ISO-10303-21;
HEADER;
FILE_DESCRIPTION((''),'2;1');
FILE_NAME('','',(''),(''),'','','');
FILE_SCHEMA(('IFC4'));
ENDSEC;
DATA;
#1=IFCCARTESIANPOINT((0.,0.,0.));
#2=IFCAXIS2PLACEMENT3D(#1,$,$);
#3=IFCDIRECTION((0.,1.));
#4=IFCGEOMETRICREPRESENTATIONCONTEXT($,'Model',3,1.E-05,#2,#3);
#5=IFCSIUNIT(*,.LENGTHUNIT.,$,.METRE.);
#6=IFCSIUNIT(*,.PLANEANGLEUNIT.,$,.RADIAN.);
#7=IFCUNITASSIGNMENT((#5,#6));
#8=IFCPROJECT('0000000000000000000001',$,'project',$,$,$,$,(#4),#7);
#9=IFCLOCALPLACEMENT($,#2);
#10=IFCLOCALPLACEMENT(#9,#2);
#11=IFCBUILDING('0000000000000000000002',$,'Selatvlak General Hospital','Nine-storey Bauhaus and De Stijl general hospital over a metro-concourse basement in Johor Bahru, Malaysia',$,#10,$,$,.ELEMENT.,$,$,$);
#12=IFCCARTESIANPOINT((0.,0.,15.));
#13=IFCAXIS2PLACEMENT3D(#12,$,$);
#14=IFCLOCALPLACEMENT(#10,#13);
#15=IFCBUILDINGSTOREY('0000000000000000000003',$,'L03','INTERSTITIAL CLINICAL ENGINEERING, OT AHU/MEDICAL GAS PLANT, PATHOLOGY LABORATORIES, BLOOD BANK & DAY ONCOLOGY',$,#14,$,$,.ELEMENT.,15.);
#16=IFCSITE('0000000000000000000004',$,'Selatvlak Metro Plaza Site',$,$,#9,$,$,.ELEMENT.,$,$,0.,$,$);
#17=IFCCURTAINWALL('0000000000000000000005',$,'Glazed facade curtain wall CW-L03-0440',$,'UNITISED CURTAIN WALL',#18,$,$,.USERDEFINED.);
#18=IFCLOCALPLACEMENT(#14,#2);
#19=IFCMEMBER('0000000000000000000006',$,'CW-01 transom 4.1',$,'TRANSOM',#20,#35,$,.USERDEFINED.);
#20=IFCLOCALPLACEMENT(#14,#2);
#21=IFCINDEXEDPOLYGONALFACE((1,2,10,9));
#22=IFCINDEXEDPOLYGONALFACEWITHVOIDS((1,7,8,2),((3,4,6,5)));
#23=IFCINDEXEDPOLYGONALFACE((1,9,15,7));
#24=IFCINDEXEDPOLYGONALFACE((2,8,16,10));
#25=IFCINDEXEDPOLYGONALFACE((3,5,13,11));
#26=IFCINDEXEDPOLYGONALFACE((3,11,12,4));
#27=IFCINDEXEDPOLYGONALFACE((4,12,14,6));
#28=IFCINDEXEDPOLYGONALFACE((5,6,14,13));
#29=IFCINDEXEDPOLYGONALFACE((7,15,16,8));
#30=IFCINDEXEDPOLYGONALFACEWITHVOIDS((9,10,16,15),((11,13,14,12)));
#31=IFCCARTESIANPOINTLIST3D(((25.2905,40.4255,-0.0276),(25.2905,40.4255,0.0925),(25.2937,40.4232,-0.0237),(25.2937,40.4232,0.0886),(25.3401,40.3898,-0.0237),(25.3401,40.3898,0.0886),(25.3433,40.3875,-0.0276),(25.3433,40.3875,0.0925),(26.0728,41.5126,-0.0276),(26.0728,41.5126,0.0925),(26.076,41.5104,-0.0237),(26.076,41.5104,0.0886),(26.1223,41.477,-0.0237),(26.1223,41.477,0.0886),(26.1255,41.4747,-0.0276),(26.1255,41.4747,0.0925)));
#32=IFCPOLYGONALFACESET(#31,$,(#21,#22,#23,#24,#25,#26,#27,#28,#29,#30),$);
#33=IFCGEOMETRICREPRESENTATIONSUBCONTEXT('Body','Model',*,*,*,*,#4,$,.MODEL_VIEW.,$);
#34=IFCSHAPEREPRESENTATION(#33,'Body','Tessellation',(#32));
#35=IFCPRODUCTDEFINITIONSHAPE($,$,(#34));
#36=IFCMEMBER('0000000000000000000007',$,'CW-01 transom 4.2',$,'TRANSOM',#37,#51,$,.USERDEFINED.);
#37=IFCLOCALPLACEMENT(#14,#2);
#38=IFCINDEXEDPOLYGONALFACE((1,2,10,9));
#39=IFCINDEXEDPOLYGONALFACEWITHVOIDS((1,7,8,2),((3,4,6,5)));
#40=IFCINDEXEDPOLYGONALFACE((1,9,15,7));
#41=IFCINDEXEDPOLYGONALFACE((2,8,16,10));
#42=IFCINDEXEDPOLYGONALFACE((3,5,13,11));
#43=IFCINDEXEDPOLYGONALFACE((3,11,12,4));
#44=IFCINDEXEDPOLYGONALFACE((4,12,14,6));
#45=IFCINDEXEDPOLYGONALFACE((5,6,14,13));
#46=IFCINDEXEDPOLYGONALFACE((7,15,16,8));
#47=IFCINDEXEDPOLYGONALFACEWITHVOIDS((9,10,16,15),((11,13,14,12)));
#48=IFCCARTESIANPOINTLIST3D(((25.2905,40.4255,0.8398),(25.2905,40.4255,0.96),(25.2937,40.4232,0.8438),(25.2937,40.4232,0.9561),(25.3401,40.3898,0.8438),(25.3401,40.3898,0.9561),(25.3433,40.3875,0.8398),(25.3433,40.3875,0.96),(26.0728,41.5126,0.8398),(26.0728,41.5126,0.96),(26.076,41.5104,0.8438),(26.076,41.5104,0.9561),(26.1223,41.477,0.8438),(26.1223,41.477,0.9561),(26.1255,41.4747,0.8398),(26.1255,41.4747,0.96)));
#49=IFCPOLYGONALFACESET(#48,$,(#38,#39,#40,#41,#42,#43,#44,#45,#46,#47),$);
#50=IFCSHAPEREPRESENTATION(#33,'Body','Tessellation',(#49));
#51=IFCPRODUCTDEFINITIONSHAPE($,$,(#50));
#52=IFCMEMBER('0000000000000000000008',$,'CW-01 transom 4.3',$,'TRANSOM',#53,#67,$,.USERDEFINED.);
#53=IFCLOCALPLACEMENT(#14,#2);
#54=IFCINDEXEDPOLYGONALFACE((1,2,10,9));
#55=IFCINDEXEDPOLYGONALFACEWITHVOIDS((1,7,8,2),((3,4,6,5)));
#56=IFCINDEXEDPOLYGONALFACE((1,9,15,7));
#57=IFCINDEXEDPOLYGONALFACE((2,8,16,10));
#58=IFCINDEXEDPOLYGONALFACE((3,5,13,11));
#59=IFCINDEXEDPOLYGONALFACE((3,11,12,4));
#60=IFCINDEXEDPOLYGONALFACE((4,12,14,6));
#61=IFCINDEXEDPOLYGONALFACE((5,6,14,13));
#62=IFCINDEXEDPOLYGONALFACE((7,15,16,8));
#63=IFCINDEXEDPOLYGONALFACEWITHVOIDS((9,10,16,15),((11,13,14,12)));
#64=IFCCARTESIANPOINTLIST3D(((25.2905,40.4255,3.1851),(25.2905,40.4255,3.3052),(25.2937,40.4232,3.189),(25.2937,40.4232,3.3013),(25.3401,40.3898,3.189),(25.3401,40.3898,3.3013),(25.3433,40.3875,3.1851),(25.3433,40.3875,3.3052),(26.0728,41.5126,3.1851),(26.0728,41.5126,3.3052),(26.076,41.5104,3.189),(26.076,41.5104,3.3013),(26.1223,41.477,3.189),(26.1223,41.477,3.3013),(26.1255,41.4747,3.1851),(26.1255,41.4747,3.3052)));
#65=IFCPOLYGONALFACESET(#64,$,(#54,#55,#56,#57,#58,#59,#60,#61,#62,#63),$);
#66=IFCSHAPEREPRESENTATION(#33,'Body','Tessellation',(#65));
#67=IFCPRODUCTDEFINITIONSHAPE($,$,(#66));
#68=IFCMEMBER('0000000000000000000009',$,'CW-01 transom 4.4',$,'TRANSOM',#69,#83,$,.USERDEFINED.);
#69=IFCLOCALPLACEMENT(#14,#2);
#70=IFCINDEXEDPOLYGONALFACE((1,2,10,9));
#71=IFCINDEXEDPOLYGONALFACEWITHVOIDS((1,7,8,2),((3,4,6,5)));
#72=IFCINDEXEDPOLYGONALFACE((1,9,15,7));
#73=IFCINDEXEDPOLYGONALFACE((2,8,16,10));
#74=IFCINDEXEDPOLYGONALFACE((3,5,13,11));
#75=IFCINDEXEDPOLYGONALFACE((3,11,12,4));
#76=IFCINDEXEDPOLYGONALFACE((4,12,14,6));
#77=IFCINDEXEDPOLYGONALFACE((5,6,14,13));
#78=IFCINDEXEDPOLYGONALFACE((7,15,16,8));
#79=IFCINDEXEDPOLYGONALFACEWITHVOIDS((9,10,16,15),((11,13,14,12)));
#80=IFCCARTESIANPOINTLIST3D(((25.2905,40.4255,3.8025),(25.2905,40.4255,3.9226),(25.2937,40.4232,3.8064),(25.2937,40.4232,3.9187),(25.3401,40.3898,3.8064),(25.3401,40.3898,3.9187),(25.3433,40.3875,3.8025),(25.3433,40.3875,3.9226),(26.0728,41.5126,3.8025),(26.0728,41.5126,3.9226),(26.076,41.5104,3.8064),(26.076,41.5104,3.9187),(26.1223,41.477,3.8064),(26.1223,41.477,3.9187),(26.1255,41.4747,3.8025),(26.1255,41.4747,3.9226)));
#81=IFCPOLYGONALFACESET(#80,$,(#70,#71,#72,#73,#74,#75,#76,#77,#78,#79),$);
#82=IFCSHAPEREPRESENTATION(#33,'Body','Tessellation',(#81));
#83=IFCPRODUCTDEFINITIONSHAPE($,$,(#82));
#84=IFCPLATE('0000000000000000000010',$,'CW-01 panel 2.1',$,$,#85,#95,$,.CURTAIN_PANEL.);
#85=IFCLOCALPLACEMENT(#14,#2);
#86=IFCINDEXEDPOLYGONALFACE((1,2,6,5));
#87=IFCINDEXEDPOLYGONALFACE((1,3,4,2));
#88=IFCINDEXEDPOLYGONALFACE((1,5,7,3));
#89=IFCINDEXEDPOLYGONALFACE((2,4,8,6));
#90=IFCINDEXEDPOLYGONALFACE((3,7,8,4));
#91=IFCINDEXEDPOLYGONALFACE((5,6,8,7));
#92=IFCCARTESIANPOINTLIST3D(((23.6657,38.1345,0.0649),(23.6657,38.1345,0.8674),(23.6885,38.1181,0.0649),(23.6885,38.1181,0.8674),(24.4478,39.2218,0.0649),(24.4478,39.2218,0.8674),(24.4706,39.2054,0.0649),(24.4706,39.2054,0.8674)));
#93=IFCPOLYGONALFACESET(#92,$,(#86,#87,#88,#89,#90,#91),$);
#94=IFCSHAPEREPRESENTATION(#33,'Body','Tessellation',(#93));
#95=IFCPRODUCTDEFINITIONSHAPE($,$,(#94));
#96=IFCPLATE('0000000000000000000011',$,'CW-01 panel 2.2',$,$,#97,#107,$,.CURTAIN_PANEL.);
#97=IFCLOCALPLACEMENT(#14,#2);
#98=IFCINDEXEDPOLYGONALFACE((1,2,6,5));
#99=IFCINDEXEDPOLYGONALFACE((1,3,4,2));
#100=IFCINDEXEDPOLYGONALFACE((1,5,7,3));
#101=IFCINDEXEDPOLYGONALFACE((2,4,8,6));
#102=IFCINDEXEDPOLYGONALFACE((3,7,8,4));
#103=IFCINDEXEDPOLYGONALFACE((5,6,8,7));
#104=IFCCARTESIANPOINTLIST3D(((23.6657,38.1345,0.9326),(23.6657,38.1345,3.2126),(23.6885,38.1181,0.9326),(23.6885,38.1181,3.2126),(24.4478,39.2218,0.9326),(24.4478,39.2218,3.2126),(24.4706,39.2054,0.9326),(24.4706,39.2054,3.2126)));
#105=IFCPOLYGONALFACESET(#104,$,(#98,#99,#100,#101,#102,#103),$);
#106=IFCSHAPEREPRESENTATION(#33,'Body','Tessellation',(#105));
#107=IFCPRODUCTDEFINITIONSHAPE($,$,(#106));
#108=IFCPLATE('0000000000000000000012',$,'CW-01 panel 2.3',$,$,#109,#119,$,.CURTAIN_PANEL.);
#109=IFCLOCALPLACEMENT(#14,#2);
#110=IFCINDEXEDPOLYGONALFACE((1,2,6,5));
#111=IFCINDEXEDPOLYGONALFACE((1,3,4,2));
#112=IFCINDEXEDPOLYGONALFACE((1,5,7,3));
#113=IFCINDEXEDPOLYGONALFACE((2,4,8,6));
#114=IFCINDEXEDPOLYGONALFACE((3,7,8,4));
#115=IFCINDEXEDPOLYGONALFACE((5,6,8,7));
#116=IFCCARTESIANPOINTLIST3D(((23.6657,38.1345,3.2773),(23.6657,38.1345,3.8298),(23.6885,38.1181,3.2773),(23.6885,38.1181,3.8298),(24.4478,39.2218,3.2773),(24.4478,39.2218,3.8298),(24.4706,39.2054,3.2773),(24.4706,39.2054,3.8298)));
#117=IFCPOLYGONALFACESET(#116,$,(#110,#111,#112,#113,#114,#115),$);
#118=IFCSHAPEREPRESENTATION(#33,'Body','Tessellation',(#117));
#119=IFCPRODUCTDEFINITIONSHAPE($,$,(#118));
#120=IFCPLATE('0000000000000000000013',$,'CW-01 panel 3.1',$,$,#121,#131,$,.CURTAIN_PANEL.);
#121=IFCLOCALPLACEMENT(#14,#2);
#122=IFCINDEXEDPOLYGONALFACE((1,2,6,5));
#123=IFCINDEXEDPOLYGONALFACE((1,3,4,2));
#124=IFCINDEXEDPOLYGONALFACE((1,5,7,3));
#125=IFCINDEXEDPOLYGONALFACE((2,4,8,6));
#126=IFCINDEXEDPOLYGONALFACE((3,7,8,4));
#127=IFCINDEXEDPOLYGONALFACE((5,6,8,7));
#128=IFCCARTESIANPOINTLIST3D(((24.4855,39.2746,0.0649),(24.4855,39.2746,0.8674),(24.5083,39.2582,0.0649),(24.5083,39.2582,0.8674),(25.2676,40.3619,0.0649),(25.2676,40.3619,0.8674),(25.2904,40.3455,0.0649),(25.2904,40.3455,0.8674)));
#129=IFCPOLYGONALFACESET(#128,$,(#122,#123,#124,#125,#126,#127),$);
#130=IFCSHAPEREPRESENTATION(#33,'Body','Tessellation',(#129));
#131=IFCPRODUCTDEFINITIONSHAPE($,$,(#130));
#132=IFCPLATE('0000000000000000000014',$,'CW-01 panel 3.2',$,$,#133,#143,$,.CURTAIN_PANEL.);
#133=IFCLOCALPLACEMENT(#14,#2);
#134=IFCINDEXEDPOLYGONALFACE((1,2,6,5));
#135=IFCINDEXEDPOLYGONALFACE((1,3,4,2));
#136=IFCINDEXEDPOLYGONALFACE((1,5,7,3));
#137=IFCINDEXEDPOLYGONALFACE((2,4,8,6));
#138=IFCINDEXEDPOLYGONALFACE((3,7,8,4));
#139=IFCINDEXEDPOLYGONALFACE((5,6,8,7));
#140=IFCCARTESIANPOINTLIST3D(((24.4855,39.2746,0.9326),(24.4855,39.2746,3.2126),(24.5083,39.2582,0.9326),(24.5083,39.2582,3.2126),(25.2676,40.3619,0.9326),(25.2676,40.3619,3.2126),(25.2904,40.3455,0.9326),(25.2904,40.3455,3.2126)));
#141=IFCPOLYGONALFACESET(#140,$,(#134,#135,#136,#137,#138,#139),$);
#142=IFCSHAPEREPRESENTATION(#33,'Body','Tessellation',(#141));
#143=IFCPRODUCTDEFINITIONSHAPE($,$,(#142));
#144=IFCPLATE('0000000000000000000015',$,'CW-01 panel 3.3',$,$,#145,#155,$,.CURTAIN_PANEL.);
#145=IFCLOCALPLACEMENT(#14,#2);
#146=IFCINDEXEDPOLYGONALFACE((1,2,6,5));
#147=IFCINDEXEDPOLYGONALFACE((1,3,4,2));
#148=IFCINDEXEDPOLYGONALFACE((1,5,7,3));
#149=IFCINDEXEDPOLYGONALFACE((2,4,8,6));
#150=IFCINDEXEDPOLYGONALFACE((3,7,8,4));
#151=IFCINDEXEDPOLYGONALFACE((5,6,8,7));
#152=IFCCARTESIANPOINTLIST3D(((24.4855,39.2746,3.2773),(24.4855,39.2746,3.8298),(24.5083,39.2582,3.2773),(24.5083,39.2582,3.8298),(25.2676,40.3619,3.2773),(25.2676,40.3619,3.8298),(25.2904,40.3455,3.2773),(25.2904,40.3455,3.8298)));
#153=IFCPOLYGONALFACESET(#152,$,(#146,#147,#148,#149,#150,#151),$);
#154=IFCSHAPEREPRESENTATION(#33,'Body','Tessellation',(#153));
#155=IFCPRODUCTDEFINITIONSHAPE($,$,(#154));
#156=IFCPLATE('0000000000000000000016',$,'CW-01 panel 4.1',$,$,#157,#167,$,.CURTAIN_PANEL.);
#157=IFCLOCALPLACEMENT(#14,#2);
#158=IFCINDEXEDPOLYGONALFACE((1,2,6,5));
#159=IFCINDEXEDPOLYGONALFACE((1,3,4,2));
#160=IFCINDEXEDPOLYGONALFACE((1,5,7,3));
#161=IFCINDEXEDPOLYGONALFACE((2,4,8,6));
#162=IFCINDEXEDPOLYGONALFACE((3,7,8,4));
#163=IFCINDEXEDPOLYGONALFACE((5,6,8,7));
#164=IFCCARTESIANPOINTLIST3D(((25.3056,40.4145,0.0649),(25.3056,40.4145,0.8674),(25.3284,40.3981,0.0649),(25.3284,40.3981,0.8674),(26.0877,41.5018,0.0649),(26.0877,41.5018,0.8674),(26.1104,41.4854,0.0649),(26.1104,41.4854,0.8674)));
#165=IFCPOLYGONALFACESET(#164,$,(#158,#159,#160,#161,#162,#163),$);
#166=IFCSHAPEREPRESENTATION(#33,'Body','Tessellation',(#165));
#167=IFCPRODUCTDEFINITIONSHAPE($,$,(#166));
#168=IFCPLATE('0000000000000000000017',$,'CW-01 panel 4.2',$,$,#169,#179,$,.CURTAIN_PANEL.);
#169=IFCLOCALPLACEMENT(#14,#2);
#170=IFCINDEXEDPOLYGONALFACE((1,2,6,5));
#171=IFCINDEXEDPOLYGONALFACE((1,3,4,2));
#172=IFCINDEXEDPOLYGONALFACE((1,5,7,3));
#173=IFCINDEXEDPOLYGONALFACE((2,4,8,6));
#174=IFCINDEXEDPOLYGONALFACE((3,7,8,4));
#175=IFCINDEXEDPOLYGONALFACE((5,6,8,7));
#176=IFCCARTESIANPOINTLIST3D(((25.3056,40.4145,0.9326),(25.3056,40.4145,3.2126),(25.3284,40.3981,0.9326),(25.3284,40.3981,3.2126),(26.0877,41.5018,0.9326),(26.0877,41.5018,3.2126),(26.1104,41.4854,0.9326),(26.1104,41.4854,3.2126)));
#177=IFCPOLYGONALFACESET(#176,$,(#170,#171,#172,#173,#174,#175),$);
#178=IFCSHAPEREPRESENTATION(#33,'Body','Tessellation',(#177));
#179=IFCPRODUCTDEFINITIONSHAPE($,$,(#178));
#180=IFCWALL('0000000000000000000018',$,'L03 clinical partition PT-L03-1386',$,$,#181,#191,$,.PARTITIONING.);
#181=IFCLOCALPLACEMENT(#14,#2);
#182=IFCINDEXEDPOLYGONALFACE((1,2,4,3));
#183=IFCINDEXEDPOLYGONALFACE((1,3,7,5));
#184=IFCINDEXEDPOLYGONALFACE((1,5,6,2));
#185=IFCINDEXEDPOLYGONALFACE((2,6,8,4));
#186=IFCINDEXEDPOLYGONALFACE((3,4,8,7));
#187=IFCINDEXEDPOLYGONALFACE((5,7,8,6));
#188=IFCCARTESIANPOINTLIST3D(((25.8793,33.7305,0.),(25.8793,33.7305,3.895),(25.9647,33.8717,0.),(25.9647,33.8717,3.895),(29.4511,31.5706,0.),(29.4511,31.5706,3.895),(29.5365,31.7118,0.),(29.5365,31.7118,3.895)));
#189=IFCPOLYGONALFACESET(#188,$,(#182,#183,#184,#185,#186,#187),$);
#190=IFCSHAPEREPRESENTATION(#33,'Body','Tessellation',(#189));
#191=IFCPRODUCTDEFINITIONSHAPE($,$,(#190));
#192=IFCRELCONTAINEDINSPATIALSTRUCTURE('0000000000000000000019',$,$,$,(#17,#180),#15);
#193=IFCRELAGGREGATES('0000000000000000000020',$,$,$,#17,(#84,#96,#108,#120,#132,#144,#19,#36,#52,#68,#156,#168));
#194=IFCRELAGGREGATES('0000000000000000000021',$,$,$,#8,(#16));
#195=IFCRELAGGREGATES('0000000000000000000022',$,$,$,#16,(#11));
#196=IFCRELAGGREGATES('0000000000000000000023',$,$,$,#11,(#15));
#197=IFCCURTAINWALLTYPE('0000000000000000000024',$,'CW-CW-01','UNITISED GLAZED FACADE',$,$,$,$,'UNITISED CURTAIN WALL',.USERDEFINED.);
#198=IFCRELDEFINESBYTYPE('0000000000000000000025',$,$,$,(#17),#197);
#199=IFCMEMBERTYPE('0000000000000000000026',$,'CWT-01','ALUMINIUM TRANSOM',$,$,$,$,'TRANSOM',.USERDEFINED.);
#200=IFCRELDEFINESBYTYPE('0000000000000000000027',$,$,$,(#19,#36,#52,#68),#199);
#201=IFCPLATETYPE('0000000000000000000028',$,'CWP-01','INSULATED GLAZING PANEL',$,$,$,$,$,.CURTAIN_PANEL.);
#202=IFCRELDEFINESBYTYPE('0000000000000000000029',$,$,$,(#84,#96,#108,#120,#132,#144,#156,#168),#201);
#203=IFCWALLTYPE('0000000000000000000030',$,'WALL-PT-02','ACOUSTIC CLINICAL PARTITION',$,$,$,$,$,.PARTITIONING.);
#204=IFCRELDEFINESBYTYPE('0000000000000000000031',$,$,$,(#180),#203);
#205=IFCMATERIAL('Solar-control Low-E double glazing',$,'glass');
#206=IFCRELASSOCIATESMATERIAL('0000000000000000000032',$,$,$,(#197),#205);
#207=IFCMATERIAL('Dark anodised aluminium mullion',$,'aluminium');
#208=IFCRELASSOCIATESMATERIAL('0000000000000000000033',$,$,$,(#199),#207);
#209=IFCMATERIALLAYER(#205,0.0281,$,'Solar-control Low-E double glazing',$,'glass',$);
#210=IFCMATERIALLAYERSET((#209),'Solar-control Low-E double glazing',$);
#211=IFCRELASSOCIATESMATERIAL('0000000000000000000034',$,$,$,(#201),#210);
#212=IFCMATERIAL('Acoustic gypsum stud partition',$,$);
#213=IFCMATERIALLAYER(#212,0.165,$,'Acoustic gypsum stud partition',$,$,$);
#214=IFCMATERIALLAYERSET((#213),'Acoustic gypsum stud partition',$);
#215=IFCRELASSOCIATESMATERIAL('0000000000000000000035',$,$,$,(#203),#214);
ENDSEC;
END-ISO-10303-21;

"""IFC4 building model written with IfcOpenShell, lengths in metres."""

from ifc_helpers import new_model, si_unit, direction, frame, frame_2d, origin, origin_2d, place, context, subcontext, project, spatial, rectangle, hollow_rectangle, extrude, material, layer, layer_set, material_profile, profile_set, type_object, element, aggregate, save


model = new_model("IFC4")

# Units and contexts
model_context = context("Model", 3, precision=1e-05, world=origin(), true_north=direction((0.0, 1.0)))
body_context = subcontext(model_context, "Body", "Model", "MODEL_VIEW")
ifc_project = project(units=[si_unit("LENGTHUNIT", "METRE"), si_unit("PLANEANGLEUNIT", "RADIAN")], contexts=[model_context])

# Site, building, storey
site_placement = place(None, origin())
site = spatial("IfcSite", under=ifc_project, at=site_placement, Name="Selatvlak Metro Plaza Site", CompositionType="ELEMENT", RefElevation=0.0)
building_placement = place(site_placement, origin())
building = spatial("IfcBuilding", under=site, at=building_placement, Name="Selatvlak General Hospital", Description="Nine-storey Bauhaus and De Stijl general hospital over a metro-concourse basement in Johor Bahru, Malaysia", CompositionType="ELEMENT")
storey_placement = place(building_placement, frame((0.0, 0.0, 15.0)))
storey = spatial("IfcBuildingStorey", under=building, at=storey_placement, Name="L03", Description="INTERSTITIAL CLINICAL ENGINEERING, OT AHU/MEDICAL GAS PLANT, PATHOLOGY LABORATORIES, BLOOD BANK & DAY ONCOLOGY", CompositionType="ELEMENT", Elevation=15.0)

# Curtain wall, members, plates
ifc_material_1 = material(Name="Solar-control Low-E double glazing", Category="glass")
curtain_wall_type = type_object("IfcCurtainWallType", Name="CW-CW-01", Description="UNITISED GLAZED FACADE", ElementType="UNITISED CURTAIN WALL", PredefinedType="USERDEFINED", material=ifc_material_1)
curtain_wall_placement = place(storey_placement, origin())
curtain_wall = element("IfcCurtainWall", 1, at=curtain_wall_placement, inside=storey, type_object=curtain_wall_type, Name="Glazed facade curtain wall CW-L03-0440", ObjectType="UNITISED CURTAIN WALL", PredefinedType="USERDEFINED")
ifc_material_2 = material(Name="Dark anodised aluminium mullion", Category="aluminium")
ifc_material_profile_1 = material_profile(ifc_material_2, hollow_rectangle(XDim=0.0649, YDim=0.1201, WallThickness=0.0039, at=origin_2d()), Name="AL-TRN 65x120x4")
ifc_profile_set_1 = profile_set([ifc_material_profile_1], Name="Dark anodised aluminium mullion")
member_type_1 = type_object("IfcMemberType", Name="CWT-01", Description="ALUMINIUM TRANSOM", ElementType="TRANSOM", PredefinedType="USERDEFINED", material=ifc_profile_set_1)
member_1_placement = place(storey_placement, frame((25.3169, 40.4065, 0.0325), z_axis=(0.584045, 0.811721, 0.0), x_axis=(-0.811721, 0.584045, 0.0)))
member_1 = element("IfcMember", 2, at=member_1_placement, type_object=member_type_1, Name="CW-01 transom 4.1", ObjectType="TRANSOM", PredefinedType="USERDEFINED", context=body_context, shape_type="SweptSolid", body=[
    extrude(hollow_rectangle(XDim=0.0649, YDim=0.1201, WallThickness=0.0039, at=origin_2d()), origin(), (0.0, 0.0, 1.0), 1.3394),
])
member_2_placement = place(storey_placement, frame((25.3169, 40.4065, 0.8999), z_axis=(0.584045, 0.811721, 0.0), x_axis=(-0.811721, 0.584045, 0.0)))
member_2 = element("IfcMember", 3, at=member_2_placement, type_object=member_type_1, Name="CW-01 transom 4.2", ObjectType="TRANSOM", PredefinedType="USERDEFINED", context=body_context, shape_type="SweptSolid", body=[
    extrude(hollow_rectangle(XDim=0.0649, YDim=0.1201, WallThickness=0.0039, at=origin_2d()), origin(), (0.0, 0.0, 1.0), 1.3394),
])
member_3_placement = place(storey_placement, frame((25.3169, 40.4065, 3.2451), z_axis=(0.584045, 0.811721, 0.0), x_axis=(-0.811721, 0.584045, 0.0)))
member_3 = element("IfcMember", 4, at=member_3_placement, type_object=member_type_1, Name="CW-01 transom 4.3", ObjectType="TRANSOM", PredefinedType="USERDEFINED", context=body_context, shape_type="SweptSolid", body=[
    extrude(hollow_rectangle(XDim=0.0649, YDim=0.1201, WallThickness=0.0039, at=origin_2d()), origin(), (0.0, 0.0, 1.0), 1.3394),
])
member_4_placement = place(storey_placement, frame((25.3169, 40.4065, 3.8625), z_axis=(0.584045, 0.811721, 0.0), x_axis=(-0.811721, 0.584045, 0.0)))
member_4 = element("IfcMember", 5, at=member_4_placement, type_object=member_type_1, Name="CW-01 transom 4.4", ObjectType="TRANSOM", PredefinedType="USERDEFINED", context=body_context, shape_type="SweptSolid", body=[
    extrude(hollow_rectangle(XDim=0.0649, YDim=0.1201, WallThickness=0.0039, at=origin_2d()), origin(), (0.0, 0.0, 1.0), 1.3394),
])
ifc_layer_1 = layer(ifc_material_1, 0.0281, Name="Solar-control Low-E double glazing", Category="glass")
ifc_layer_set_1 = layer_set([ifc_layer_1], Name="Solar-control Low-E double glazing")
plate_type = type_object("IfcPlateType", Name="CWP-01", Description="INSULATED GLAZING PANEL", PredefinedType="CURTAIN_PANEL", material=ifc_layer_set_1)
plate_1_placement = place(storey_placement, frame((24.0681, 38.6699, 0.0649), z_axis=(0.0, 0.0, 1.0), x_axis=(0.583929, 0.811804, 0.0)))
plate_1 = element("IfcPlate", 6, at=plate_1_placement, type_object=plate_type, Name="CW-01 panel 2.1", PredefinedType="CURTAIN_PANEL", context=body_context, shape_type="SweptSolid", body=[
    extrude(rectangle(XDim=1.3394, YDim=0.0281, at=origin_2d()), origin(), (0.0, 0.0, 1.0), 0.8025),
])
plate_2_placement = place(storey_placement, frame((24.0681, 38.6699, 0.9326), z_axis=(0.0, 0.0, 1.0), x_axis=(0.583929, 0.811804, 0.0)))
plate_2 = element("IfcPlate", 7, at=plate_2_placement, type_object=plate_type, Name="CW-01 panel 2.2", PredefinedType="CURTAIN_PANEL", context=body_context, shape_type="SweptSolid", body=[
    extrude(rectangle(XDim=1.3394, YDim=0.0281, at=origin_2d()), origin(), (0.0, 0.0, 1.0), 2.28),
])
plate_3_placement = place(storey_placement, frame((24.0681, 38.6699, 3.2773), z_axis=(0.0, 0.0, 1.0), x_axis=(0.583929, 0.811804, 0.0)))
plate_3 = element("IfcPlate", 8, at=plate_3_placement, type_object=plate_type, Name="CW-01 panel 2.3", PredefinedType="CURTAIN_PANEL", context=body_context, shape_type="SweptSolid", body=[
    extrude(rectangle(XDim=1.3394, YDim=0.0281, at=origin_2d()), origin(), (0.0, 0.0, 1.0), 0.5525),
])
plate_4_placement = place(storey_placement, frame((24.8879, 39.8101, 0.0649), z_axis=(0.0, 0.0, 1.0), x_axis=(0.583929, 0.811804, 0.0)))
plate_4 = element("IfcPlate", 9, at=plate_4_placement, type_object=plate_type, Name="CW-01 panel 3.1", PredefinedType="CURTAIN_PANEL", context=body_context, shape_type="SweptSolid", body=[
    extrude(rectangle(XDim=1.3394, YDim=0.0281, at=origin_2d()), origin(), (0.0, 0.0, 1.0), 0.8025),
])
plate_5_placement = place(storey_placement, frame((24.8879, 39.8101, 0.9326), z_axis=(0.0, 0.0, 1.0), x_axis=(0.583929, 0.811804, 0.0)))
plate_5 = element("IfcPlate", 10, at=plate_5_placement, type_object=plate_type, Name="CW-01 panel 3.2", PredefinedType="CURTAIN_PANEL", context=body_context, shape_type="SweptSolid", body=[
    extrude(rectangle(XDim=1.3394, YDim=0.0281, at=origin_2d()), origin(), (0.0, 0.0, 1.0), 2.28),
])
plate_6_placement = place(storey_placement, frame((24.8879, 39.8101, 3.2773), z_axis=(0.0, 0.0, 1.0), x_axis=(0.583929, 0.811804, 0.0)))
plate_6 = element("IfcPlate", 11, at=plate_6_placement, type_object=plate_type, Name="CW-01 panel 3.3", PredefinedType="CURTAIN_PANEL", context=body_context, shape_type="SweptSolid", body=[
    extrude(rectangle(XDim=1.3394, YDim=0.0281, at=origin_2d()), origin(), (0.0, 0.0, 1.0), 0.5525),
])
plate_7_placement = place(storey_placement, frame((25.708, 40.95, 0.0649), z_axis=(0.0, 0.0, 1.0), x_axis=(0.583929, 0.811804, 0.0)))
plate_7 = element("IfcPlate", 12, at=plate_7_placement, type_object=plate_type, Name="CW-01 panel 4.1", PredefinedType="CURTAIN_PANEL", context=body_context, shape_type="SweptSolid", body=[
    extrude(rectangle(XDim=1.3394, YDim=0.0281, at=origin_2d()), origin(), (0.0, 0.0, 1.0), 0.8025),
])
plate_8_placement = place(storey_placement, frame((25.708, 40.95, 0.9326), z_axis=(0.0, 0.0, 1.0), x_axis=(0.583929, 0.811804, 0.0)))
plate_8 = element("IfcPlate", 13, at=plate_8_placement, type_object=plate_type, Name="CW-01 panel 4.2", PredefinedType="CURTAIN_PANEL", context=body_context, shape_type="SweptSolid", body=[
    extrude(rectangle(XDim=1.3394, YDim=0.0281, at=origin_2d()), origin(), (0.0, 0.0, 1.0), 2.28),
])
aggregate(curtain_wall, [plate_1, plate_2, plate_3, plate_4, plate_5, plate_6, member_1, member_2, member_3, member_4, plate_7, plate_8])

# Wall
ifc_material_3 = material(Name="Acoustic gypsum stud partition")
ifc_layer_2 = layer(ifc_material_3, 0.165, Name="Acoustic gypsum stud partition")
ifc_layer_set_2 = layer_set([ifc_layer_2], Name="Acoustic gypsum stud partition")
wall_type_1 = type_object("IfcWallType", Name="WALL-PT-02", Description="ACOUSTIC CLINICAL PARTITION", PredefinedType="PARTITIONING", material=ifc_layer_set_2)
wall_1_placement = place(storey_placement, frame((25.9221, 33.801, 0.0), z_axis=(0.0, 0.0, 1.0), x_axis=(0.855707, -0.51746, 0.0)))
element("IfcWall", 14, at=wall_1_placement, inside=storey, type_object=wall_type_1, Name="L03 clinical partition PT-L03-1386", PredefinedType="PARTITIONING", context=body_context, shape_type="SweptSolid", body=[
    extrude(rectangle(XDim=4.1741, YDim=0.165, at=frame_2d((2.0869, 0.0))), origin(), (0.0, 0.0, 1.0), 3.895),
])

save(model, "model.ifc")
